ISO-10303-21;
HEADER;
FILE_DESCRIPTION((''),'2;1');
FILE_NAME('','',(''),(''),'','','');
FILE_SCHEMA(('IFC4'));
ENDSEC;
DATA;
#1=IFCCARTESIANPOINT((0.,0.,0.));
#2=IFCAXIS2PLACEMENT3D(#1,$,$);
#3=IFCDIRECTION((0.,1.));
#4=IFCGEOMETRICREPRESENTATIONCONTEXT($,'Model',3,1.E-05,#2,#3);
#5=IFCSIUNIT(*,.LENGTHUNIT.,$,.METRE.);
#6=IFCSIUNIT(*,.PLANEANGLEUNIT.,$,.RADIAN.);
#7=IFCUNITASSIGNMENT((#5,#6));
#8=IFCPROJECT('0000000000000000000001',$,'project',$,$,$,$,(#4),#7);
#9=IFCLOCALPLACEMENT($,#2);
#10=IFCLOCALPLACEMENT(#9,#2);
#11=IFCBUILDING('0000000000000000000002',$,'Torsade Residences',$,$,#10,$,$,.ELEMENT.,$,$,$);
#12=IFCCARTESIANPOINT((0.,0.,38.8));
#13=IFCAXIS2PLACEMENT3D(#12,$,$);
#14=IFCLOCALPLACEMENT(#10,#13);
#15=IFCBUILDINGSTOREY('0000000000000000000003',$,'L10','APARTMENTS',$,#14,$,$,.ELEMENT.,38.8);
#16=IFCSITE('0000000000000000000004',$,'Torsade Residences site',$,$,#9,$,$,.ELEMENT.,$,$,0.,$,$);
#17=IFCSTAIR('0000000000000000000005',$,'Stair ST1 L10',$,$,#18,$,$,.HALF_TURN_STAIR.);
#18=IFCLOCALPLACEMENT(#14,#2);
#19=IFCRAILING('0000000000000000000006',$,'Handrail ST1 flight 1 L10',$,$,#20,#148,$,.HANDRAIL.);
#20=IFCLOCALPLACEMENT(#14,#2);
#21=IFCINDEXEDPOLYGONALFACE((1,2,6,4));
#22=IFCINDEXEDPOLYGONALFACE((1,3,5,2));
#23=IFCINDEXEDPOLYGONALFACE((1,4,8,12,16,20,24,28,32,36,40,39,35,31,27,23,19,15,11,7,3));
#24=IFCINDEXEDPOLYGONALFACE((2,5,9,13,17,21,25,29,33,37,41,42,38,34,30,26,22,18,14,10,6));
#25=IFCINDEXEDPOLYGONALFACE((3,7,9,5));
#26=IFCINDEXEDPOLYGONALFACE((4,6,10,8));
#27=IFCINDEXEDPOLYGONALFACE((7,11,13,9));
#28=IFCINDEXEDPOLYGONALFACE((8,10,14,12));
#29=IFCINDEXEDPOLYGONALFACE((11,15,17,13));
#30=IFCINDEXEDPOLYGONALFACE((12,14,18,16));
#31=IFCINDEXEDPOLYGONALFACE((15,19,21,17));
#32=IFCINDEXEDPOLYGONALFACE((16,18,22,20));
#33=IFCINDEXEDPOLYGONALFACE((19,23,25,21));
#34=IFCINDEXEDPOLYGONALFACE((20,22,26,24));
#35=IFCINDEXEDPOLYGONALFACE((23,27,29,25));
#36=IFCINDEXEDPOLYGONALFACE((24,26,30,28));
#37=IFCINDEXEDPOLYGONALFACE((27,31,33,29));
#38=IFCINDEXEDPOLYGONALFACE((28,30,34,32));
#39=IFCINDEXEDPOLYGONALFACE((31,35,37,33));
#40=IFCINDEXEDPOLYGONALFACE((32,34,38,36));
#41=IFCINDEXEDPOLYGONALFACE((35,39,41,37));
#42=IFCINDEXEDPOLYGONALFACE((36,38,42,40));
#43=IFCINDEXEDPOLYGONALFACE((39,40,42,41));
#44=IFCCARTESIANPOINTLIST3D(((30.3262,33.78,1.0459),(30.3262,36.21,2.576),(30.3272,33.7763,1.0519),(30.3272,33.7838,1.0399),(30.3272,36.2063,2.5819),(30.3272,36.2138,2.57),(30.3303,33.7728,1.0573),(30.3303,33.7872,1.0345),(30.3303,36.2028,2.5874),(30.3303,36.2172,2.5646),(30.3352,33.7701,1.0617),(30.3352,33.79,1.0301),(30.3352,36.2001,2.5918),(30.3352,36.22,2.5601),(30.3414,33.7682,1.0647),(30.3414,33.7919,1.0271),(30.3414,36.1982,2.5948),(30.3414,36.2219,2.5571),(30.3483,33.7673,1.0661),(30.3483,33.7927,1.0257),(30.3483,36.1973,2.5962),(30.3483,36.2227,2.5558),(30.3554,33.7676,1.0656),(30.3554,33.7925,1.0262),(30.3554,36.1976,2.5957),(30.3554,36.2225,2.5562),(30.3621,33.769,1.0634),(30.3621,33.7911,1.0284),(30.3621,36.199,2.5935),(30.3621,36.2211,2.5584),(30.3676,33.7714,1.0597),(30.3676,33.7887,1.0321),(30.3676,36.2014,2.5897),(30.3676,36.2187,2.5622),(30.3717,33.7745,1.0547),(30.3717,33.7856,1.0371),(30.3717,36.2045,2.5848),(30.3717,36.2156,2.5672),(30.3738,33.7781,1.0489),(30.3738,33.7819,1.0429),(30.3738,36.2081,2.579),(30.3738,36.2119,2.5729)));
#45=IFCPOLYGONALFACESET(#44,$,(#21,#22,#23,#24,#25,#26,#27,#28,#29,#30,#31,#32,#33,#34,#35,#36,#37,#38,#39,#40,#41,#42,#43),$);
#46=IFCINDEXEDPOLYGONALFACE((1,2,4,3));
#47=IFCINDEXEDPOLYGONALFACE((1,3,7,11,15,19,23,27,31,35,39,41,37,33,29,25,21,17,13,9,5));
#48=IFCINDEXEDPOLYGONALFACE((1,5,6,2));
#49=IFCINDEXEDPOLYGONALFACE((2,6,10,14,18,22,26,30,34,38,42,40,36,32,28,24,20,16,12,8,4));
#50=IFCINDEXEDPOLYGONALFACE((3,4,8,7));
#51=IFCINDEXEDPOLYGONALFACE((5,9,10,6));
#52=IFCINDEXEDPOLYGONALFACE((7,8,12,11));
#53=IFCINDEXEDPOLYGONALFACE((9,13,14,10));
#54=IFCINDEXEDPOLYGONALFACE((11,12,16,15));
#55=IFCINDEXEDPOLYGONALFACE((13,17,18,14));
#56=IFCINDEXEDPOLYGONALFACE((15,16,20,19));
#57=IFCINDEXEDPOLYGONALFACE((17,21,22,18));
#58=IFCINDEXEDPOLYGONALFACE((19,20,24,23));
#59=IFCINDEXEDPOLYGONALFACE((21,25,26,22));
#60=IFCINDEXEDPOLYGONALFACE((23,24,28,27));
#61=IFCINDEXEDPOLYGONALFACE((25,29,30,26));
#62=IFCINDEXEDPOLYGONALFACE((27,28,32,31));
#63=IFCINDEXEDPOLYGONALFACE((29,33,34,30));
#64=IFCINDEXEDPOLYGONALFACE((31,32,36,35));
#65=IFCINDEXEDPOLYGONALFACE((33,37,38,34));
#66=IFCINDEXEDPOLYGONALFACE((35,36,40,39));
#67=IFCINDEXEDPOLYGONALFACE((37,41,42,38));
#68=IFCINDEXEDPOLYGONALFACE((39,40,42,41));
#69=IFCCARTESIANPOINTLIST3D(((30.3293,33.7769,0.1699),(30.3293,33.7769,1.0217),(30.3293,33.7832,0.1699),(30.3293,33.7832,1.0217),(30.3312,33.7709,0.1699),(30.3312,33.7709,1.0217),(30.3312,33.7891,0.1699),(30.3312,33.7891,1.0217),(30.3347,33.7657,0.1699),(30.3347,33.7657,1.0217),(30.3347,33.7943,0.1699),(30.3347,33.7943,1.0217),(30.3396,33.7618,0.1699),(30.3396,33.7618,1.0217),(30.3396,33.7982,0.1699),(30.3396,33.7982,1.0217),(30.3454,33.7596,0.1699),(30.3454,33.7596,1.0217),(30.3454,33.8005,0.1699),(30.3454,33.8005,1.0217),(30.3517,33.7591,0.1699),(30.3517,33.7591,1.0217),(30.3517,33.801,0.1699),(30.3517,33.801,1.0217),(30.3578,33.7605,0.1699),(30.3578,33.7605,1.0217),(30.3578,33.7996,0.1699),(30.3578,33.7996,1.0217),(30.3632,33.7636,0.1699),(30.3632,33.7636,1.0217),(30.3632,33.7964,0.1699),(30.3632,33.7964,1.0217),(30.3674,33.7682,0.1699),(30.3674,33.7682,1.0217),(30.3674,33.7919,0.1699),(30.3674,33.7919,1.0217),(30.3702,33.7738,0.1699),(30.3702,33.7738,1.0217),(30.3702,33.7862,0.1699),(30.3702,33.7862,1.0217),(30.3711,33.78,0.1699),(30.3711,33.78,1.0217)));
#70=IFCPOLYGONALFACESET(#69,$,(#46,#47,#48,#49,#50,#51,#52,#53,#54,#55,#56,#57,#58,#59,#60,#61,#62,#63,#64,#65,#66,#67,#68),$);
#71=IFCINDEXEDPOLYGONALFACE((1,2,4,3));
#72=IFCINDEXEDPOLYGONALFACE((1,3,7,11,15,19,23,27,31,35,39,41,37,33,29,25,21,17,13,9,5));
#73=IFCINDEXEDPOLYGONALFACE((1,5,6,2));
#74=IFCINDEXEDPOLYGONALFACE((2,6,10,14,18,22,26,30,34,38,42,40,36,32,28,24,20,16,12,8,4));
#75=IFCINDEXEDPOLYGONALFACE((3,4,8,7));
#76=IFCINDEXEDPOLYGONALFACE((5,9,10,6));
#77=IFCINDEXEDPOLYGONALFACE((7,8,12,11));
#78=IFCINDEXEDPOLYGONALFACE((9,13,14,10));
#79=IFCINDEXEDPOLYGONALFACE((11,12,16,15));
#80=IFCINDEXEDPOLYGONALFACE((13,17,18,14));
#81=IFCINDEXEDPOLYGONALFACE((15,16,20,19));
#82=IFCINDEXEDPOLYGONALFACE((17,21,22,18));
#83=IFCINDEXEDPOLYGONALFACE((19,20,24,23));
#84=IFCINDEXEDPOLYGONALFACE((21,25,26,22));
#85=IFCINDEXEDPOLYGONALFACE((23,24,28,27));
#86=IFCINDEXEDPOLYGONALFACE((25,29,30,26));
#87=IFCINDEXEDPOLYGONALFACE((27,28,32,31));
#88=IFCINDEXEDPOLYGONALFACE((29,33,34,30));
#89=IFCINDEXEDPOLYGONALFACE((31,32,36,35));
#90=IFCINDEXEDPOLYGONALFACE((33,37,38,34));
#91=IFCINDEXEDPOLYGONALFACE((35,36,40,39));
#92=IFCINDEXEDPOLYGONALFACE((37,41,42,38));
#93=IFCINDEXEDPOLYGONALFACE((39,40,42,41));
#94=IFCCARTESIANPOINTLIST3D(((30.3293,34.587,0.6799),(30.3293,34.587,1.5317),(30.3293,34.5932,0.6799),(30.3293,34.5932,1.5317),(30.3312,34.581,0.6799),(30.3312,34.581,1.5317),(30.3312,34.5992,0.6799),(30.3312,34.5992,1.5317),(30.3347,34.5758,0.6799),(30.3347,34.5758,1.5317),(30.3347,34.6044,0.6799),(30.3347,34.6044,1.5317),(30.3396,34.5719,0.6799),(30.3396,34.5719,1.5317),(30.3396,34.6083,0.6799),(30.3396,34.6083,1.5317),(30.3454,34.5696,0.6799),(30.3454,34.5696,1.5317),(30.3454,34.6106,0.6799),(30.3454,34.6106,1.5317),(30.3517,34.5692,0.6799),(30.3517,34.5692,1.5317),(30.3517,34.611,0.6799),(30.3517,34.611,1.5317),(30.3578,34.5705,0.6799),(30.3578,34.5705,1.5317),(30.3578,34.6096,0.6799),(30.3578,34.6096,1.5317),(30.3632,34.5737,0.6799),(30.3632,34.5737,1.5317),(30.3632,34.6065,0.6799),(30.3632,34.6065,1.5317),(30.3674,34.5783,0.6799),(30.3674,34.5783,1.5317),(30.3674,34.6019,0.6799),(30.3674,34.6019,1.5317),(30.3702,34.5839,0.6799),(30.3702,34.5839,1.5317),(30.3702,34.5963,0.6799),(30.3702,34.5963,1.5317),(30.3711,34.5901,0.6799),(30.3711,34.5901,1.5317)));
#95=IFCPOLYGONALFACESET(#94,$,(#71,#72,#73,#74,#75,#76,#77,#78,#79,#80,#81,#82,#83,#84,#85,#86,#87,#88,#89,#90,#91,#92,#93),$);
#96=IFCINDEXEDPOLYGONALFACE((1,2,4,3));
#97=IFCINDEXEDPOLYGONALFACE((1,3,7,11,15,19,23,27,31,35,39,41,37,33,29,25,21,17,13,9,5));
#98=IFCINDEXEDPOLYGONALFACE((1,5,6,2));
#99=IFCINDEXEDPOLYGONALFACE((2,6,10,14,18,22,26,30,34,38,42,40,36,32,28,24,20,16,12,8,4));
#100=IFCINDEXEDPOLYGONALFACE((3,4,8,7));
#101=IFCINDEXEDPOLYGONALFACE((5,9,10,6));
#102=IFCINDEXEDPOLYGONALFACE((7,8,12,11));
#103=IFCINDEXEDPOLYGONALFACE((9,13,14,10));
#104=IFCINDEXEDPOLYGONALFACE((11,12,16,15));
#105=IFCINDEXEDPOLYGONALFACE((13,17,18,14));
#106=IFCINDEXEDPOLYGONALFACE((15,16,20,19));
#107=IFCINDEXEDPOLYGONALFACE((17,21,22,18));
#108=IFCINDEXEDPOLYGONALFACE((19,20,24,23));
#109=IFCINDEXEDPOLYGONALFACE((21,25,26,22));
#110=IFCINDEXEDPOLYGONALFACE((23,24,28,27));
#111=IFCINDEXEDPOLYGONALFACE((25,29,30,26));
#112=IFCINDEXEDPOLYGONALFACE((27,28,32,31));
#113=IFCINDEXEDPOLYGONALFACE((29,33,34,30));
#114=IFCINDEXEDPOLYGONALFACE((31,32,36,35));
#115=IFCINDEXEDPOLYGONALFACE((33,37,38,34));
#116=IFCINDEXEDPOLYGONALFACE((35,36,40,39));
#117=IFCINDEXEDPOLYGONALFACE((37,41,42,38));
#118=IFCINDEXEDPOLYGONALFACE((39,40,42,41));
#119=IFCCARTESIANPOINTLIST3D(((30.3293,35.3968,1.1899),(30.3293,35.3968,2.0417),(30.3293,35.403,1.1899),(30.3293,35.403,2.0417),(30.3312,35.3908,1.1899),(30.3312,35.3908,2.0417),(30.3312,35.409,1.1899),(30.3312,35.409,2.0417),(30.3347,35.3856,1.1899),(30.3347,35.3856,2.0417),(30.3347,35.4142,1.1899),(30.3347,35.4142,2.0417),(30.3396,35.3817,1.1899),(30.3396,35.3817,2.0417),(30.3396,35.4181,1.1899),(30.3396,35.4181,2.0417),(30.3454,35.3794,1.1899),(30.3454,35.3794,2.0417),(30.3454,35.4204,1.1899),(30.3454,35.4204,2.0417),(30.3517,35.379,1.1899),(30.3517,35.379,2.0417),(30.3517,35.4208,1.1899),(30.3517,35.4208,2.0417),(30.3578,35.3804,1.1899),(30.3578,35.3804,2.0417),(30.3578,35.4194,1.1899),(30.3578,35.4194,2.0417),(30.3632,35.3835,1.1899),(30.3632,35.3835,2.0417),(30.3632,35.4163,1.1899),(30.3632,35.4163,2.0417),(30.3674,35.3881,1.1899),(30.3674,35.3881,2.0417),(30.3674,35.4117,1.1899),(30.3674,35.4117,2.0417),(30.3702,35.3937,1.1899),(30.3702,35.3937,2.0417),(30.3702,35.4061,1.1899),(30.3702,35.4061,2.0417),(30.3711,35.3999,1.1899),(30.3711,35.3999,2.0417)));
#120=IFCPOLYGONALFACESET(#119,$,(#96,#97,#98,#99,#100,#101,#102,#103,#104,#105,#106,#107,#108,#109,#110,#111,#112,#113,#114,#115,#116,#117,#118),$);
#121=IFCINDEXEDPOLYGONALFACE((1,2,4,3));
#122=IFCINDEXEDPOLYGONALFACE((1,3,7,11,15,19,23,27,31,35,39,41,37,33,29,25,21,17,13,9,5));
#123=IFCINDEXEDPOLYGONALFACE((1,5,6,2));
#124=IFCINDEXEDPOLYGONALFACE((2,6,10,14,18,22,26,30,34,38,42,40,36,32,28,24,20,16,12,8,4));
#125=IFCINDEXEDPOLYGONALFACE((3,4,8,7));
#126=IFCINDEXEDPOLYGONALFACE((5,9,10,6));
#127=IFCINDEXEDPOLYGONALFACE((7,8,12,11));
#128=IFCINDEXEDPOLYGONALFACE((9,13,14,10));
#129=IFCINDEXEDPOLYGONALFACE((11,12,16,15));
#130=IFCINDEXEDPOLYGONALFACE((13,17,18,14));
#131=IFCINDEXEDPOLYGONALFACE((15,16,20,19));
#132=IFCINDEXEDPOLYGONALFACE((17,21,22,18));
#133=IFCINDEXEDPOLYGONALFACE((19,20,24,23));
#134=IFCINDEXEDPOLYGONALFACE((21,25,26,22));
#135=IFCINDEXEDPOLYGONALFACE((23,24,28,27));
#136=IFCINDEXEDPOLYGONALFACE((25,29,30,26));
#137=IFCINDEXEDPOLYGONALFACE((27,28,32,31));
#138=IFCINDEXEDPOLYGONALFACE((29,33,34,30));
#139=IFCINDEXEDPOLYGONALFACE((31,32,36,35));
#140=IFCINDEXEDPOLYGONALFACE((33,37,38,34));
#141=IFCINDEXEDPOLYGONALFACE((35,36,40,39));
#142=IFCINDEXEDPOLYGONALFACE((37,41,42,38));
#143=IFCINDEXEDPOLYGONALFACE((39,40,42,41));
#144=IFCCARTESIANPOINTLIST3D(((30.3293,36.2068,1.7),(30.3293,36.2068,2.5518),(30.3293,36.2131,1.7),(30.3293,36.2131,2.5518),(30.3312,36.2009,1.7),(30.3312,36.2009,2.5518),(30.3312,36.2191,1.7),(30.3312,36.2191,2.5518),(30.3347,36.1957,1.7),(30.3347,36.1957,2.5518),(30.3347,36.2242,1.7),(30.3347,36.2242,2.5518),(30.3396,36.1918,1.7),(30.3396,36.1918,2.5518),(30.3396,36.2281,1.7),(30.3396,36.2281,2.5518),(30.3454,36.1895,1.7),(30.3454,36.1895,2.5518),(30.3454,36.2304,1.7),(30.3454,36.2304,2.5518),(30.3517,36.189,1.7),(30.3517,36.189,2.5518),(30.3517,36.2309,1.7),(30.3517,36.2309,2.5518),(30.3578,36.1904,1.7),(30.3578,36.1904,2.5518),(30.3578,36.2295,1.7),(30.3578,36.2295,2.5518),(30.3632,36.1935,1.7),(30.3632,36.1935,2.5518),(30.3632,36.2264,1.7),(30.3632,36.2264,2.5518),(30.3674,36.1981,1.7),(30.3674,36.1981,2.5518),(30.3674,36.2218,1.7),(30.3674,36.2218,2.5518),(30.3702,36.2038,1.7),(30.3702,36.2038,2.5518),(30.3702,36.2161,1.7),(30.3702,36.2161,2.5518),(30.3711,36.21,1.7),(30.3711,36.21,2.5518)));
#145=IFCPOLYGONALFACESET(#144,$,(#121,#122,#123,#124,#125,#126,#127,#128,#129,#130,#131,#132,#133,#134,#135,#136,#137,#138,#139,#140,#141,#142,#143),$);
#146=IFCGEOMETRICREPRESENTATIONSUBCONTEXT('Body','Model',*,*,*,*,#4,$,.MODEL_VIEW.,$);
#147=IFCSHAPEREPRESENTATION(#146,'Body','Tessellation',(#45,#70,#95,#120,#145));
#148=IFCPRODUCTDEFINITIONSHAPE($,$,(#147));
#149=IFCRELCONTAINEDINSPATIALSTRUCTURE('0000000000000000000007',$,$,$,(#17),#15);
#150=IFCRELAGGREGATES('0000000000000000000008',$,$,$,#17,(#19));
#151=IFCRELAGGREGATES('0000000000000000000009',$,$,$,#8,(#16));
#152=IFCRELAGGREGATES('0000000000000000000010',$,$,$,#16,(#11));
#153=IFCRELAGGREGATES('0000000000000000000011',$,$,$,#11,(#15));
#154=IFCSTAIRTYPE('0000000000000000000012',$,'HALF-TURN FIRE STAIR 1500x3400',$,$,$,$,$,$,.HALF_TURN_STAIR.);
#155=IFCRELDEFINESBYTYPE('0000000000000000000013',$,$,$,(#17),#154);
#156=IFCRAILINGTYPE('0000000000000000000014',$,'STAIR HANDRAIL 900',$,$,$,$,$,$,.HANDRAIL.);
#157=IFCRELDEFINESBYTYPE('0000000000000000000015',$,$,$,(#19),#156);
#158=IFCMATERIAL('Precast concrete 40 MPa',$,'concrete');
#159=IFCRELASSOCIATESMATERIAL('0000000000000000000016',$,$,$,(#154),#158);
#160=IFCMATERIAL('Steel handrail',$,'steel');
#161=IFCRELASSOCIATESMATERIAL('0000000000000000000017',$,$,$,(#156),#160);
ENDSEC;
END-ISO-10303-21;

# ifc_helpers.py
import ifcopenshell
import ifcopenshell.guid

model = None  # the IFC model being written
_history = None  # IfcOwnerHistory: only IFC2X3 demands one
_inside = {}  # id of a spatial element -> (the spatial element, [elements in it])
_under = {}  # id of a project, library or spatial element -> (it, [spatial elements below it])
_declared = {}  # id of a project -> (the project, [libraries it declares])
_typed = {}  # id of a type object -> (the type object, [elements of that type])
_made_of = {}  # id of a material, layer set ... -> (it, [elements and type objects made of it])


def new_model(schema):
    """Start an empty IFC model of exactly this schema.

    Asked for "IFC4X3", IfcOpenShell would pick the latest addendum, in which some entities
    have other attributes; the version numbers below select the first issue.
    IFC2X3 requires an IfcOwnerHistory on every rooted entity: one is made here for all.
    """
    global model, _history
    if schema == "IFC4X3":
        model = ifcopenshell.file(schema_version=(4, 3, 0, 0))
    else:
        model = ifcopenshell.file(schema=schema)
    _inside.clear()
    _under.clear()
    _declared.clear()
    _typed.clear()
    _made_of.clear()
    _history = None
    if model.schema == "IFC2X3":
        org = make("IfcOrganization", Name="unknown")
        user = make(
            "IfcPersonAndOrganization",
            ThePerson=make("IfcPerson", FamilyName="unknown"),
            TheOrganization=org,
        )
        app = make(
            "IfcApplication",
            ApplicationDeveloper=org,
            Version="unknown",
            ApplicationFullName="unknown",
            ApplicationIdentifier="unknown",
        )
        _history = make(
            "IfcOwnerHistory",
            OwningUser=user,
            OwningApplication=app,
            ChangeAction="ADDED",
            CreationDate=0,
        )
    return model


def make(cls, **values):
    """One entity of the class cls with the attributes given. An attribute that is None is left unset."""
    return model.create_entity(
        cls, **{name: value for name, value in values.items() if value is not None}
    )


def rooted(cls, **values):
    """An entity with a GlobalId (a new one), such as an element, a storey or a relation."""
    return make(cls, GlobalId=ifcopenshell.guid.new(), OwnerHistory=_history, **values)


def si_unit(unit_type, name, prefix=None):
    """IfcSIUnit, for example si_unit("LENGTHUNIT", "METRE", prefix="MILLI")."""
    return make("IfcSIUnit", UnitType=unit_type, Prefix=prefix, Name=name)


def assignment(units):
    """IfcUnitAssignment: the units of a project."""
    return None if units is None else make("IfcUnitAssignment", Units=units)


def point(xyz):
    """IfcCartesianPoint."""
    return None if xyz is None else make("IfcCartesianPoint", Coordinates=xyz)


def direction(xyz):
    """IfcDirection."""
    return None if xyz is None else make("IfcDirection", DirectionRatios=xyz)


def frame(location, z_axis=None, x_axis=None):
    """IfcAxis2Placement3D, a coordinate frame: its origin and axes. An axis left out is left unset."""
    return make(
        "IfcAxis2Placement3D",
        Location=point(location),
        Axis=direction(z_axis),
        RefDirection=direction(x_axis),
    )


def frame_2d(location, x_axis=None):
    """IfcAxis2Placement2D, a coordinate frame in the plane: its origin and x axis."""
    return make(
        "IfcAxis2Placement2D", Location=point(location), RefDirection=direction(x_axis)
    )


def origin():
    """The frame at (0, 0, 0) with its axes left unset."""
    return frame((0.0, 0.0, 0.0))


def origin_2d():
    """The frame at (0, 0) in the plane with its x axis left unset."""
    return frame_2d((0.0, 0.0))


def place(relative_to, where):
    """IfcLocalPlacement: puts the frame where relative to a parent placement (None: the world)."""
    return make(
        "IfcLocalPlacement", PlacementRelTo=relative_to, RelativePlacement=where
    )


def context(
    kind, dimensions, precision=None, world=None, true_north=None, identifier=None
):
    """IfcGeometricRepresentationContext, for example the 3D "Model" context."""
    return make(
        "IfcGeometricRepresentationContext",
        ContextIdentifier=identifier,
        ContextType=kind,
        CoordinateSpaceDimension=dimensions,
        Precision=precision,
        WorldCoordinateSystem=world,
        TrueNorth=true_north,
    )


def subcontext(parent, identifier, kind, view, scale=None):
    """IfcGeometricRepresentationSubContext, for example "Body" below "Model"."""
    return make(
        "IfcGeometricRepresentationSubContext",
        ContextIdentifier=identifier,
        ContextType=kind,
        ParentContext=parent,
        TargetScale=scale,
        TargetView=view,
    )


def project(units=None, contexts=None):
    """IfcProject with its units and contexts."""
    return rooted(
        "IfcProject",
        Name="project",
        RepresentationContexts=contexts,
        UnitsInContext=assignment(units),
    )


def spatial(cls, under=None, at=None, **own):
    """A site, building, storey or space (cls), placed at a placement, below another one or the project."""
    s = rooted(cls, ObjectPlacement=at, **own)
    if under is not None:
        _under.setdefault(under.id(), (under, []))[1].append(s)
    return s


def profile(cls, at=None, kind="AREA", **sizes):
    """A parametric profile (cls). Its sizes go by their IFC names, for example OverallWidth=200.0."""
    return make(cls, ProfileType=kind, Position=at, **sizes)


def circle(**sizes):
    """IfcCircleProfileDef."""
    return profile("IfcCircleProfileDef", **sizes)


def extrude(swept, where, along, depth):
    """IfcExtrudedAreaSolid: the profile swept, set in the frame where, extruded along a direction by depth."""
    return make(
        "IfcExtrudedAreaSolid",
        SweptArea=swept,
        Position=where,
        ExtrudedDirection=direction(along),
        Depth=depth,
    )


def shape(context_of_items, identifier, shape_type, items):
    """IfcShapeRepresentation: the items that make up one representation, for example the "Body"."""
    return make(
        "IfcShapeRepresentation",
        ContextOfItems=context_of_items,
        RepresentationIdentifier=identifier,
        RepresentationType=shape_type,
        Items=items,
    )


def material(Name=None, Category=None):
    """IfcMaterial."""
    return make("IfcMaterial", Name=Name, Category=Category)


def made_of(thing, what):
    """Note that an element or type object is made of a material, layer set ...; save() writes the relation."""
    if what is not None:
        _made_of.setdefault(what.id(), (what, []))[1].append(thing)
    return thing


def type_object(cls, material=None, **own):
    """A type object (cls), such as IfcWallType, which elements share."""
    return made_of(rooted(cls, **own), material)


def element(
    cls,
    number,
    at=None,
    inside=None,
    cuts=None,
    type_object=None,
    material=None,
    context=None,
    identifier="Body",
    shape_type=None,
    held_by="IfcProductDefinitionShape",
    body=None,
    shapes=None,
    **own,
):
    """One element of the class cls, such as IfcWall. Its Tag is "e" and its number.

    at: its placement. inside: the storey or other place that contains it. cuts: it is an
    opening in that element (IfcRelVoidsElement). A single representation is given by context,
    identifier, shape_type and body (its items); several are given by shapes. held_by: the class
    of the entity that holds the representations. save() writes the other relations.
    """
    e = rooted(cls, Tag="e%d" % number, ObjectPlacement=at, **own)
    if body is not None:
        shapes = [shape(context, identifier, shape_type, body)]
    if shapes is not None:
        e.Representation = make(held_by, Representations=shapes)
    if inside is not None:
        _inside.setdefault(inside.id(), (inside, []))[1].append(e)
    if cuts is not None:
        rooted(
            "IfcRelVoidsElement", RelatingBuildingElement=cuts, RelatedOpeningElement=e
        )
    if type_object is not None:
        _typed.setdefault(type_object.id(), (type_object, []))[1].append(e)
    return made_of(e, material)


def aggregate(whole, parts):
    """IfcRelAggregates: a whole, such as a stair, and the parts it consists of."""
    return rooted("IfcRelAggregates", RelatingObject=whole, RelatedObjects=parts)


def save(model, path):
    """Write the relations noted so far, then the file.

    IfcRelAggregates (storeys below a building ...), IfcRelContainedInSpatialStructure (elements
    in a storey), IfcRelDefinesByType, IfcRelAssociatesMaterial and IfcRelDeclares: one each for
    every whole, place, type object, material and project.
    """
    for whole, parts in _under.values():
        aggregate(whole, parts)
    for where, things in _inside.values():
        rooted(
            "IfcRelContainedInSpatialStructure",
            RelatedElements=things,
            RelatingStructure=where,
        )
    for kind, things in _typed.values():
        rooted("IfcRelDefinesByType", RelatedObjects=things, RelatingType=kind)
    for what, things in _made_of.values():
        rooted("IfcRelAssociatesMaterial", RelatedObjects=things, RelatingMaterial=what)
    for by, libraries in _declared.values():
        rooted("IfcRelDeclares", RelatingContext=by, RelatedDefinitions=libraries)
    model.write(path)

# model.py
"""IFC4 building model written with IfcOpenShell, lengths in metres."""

from ifc_helpers import new_model, si_unit, direction, frame, origin, origin_2d, place, context, subcontext, project, spatial, circle, extrude, material, type_object, element, aggregate, save


model = new_model("IFC4")

# Units and contexts
model_context = context("Model", 3, precision=1e-05, world=origin(), true_north=direction((0.0, 1.0)))
body_context = subcontext(model_context, "Body", "Model", "MODEL_VIEW")
ifc_project = project(units=[si_unit("LENGTHUNIT", "METRE"), si_unit("PLANEANGLEUNIT", "RADIAN")], contexts=[model_context])

# Site, building, storey
site_placement = place(None, origin())
site = spatial("IfcSite", under=ifc_project, at=site_placement, Name="Torsade Residences site", CompositionType="ELEMENT", RefElevation=0.0)
building_placement = place(site_placement, origin())
building = spatial("IfcBuilding", under=site, at=building_placement, Name="Torsade Residences", CompositionType="ELEMENT")
storey_placement = place(building_placement, frame((0.0, 0.0, 38.8)))
storey = spatial("IfcBuildingStorey", under=building, at=storey_placement, Name="L10", Description="APARTMENTS", CompositionType="ELEMENT", Elevation=38.8)

# Stair, railing
ifc_material_1 = material(Name="Precast concrete 40 MPa", Category="concrete")
stair_type = type_object("IfcStairType", Name="HALF-TURN FIRE STAIR 1500x3400", PredefinedType="HALF_TURN_STAIR", material=ifc_material_1)
stair_placement = place(storey_placement, origin())
stair = element("IfcStair", 1, at=stair_placement, inside=storey, type_object=stair_type, Name="Stair ST1 L10", PredefinedType="HALF_TURN_STAIR")
ifc_material_2 = material(Name="Steel handrail", Category="steel")
railing_type = type_object("IfcRailingType", Name="STAIR HANDRAIL 900", PredefinedType="HANDRAIL", material=ifc_material_2)
railing_1_placement = place(storey_placement, frame((30.3501, 33.78, 0.1699)))
railing_1 = element("IfcRailing", 2, at=railing_1_placement, type_object=railing_type, Name="Handrail ST1 flight 1 L10", PredefinedType="HANDRAIL", context=body_context, shape_type="SweptSolid", body=[
    extrude(circle(Radius=0.0239, at=origin_2d()), frame((0.0, 0.0, 0.876), z_axis=(0.0, 0.846221, 0.532831), x_axis=(-1.0, 0.0, 0.0)), (0.0, 0.0, 1.0), 2.8716),
    extrude(circle(Radius=0.021, at=origin_2d()), origin(), (0.0, 0.0, 1.0), 0.8518),
    extrude(circle(Radius=0.021, at=origin_2d()), frame((0.0, 0.8101, 0.51)), (0.0, 0.0, 1.0), 0.8518),
    extrude(circle(Radius=0.021, at=origin_2d()), frame((0.0, 1.6199, 1.02)), (0.0, 0.0, 1.0), 0.8518),
    extrude(circle(Radius=0.021, at=origin_2d()), frame((0.0, 2.4299, 1.53)), (0.0, 0.0, 1.0), 0.8518),
])
aggregate(stair, [railing_1])

save(model, "model.ifc")
